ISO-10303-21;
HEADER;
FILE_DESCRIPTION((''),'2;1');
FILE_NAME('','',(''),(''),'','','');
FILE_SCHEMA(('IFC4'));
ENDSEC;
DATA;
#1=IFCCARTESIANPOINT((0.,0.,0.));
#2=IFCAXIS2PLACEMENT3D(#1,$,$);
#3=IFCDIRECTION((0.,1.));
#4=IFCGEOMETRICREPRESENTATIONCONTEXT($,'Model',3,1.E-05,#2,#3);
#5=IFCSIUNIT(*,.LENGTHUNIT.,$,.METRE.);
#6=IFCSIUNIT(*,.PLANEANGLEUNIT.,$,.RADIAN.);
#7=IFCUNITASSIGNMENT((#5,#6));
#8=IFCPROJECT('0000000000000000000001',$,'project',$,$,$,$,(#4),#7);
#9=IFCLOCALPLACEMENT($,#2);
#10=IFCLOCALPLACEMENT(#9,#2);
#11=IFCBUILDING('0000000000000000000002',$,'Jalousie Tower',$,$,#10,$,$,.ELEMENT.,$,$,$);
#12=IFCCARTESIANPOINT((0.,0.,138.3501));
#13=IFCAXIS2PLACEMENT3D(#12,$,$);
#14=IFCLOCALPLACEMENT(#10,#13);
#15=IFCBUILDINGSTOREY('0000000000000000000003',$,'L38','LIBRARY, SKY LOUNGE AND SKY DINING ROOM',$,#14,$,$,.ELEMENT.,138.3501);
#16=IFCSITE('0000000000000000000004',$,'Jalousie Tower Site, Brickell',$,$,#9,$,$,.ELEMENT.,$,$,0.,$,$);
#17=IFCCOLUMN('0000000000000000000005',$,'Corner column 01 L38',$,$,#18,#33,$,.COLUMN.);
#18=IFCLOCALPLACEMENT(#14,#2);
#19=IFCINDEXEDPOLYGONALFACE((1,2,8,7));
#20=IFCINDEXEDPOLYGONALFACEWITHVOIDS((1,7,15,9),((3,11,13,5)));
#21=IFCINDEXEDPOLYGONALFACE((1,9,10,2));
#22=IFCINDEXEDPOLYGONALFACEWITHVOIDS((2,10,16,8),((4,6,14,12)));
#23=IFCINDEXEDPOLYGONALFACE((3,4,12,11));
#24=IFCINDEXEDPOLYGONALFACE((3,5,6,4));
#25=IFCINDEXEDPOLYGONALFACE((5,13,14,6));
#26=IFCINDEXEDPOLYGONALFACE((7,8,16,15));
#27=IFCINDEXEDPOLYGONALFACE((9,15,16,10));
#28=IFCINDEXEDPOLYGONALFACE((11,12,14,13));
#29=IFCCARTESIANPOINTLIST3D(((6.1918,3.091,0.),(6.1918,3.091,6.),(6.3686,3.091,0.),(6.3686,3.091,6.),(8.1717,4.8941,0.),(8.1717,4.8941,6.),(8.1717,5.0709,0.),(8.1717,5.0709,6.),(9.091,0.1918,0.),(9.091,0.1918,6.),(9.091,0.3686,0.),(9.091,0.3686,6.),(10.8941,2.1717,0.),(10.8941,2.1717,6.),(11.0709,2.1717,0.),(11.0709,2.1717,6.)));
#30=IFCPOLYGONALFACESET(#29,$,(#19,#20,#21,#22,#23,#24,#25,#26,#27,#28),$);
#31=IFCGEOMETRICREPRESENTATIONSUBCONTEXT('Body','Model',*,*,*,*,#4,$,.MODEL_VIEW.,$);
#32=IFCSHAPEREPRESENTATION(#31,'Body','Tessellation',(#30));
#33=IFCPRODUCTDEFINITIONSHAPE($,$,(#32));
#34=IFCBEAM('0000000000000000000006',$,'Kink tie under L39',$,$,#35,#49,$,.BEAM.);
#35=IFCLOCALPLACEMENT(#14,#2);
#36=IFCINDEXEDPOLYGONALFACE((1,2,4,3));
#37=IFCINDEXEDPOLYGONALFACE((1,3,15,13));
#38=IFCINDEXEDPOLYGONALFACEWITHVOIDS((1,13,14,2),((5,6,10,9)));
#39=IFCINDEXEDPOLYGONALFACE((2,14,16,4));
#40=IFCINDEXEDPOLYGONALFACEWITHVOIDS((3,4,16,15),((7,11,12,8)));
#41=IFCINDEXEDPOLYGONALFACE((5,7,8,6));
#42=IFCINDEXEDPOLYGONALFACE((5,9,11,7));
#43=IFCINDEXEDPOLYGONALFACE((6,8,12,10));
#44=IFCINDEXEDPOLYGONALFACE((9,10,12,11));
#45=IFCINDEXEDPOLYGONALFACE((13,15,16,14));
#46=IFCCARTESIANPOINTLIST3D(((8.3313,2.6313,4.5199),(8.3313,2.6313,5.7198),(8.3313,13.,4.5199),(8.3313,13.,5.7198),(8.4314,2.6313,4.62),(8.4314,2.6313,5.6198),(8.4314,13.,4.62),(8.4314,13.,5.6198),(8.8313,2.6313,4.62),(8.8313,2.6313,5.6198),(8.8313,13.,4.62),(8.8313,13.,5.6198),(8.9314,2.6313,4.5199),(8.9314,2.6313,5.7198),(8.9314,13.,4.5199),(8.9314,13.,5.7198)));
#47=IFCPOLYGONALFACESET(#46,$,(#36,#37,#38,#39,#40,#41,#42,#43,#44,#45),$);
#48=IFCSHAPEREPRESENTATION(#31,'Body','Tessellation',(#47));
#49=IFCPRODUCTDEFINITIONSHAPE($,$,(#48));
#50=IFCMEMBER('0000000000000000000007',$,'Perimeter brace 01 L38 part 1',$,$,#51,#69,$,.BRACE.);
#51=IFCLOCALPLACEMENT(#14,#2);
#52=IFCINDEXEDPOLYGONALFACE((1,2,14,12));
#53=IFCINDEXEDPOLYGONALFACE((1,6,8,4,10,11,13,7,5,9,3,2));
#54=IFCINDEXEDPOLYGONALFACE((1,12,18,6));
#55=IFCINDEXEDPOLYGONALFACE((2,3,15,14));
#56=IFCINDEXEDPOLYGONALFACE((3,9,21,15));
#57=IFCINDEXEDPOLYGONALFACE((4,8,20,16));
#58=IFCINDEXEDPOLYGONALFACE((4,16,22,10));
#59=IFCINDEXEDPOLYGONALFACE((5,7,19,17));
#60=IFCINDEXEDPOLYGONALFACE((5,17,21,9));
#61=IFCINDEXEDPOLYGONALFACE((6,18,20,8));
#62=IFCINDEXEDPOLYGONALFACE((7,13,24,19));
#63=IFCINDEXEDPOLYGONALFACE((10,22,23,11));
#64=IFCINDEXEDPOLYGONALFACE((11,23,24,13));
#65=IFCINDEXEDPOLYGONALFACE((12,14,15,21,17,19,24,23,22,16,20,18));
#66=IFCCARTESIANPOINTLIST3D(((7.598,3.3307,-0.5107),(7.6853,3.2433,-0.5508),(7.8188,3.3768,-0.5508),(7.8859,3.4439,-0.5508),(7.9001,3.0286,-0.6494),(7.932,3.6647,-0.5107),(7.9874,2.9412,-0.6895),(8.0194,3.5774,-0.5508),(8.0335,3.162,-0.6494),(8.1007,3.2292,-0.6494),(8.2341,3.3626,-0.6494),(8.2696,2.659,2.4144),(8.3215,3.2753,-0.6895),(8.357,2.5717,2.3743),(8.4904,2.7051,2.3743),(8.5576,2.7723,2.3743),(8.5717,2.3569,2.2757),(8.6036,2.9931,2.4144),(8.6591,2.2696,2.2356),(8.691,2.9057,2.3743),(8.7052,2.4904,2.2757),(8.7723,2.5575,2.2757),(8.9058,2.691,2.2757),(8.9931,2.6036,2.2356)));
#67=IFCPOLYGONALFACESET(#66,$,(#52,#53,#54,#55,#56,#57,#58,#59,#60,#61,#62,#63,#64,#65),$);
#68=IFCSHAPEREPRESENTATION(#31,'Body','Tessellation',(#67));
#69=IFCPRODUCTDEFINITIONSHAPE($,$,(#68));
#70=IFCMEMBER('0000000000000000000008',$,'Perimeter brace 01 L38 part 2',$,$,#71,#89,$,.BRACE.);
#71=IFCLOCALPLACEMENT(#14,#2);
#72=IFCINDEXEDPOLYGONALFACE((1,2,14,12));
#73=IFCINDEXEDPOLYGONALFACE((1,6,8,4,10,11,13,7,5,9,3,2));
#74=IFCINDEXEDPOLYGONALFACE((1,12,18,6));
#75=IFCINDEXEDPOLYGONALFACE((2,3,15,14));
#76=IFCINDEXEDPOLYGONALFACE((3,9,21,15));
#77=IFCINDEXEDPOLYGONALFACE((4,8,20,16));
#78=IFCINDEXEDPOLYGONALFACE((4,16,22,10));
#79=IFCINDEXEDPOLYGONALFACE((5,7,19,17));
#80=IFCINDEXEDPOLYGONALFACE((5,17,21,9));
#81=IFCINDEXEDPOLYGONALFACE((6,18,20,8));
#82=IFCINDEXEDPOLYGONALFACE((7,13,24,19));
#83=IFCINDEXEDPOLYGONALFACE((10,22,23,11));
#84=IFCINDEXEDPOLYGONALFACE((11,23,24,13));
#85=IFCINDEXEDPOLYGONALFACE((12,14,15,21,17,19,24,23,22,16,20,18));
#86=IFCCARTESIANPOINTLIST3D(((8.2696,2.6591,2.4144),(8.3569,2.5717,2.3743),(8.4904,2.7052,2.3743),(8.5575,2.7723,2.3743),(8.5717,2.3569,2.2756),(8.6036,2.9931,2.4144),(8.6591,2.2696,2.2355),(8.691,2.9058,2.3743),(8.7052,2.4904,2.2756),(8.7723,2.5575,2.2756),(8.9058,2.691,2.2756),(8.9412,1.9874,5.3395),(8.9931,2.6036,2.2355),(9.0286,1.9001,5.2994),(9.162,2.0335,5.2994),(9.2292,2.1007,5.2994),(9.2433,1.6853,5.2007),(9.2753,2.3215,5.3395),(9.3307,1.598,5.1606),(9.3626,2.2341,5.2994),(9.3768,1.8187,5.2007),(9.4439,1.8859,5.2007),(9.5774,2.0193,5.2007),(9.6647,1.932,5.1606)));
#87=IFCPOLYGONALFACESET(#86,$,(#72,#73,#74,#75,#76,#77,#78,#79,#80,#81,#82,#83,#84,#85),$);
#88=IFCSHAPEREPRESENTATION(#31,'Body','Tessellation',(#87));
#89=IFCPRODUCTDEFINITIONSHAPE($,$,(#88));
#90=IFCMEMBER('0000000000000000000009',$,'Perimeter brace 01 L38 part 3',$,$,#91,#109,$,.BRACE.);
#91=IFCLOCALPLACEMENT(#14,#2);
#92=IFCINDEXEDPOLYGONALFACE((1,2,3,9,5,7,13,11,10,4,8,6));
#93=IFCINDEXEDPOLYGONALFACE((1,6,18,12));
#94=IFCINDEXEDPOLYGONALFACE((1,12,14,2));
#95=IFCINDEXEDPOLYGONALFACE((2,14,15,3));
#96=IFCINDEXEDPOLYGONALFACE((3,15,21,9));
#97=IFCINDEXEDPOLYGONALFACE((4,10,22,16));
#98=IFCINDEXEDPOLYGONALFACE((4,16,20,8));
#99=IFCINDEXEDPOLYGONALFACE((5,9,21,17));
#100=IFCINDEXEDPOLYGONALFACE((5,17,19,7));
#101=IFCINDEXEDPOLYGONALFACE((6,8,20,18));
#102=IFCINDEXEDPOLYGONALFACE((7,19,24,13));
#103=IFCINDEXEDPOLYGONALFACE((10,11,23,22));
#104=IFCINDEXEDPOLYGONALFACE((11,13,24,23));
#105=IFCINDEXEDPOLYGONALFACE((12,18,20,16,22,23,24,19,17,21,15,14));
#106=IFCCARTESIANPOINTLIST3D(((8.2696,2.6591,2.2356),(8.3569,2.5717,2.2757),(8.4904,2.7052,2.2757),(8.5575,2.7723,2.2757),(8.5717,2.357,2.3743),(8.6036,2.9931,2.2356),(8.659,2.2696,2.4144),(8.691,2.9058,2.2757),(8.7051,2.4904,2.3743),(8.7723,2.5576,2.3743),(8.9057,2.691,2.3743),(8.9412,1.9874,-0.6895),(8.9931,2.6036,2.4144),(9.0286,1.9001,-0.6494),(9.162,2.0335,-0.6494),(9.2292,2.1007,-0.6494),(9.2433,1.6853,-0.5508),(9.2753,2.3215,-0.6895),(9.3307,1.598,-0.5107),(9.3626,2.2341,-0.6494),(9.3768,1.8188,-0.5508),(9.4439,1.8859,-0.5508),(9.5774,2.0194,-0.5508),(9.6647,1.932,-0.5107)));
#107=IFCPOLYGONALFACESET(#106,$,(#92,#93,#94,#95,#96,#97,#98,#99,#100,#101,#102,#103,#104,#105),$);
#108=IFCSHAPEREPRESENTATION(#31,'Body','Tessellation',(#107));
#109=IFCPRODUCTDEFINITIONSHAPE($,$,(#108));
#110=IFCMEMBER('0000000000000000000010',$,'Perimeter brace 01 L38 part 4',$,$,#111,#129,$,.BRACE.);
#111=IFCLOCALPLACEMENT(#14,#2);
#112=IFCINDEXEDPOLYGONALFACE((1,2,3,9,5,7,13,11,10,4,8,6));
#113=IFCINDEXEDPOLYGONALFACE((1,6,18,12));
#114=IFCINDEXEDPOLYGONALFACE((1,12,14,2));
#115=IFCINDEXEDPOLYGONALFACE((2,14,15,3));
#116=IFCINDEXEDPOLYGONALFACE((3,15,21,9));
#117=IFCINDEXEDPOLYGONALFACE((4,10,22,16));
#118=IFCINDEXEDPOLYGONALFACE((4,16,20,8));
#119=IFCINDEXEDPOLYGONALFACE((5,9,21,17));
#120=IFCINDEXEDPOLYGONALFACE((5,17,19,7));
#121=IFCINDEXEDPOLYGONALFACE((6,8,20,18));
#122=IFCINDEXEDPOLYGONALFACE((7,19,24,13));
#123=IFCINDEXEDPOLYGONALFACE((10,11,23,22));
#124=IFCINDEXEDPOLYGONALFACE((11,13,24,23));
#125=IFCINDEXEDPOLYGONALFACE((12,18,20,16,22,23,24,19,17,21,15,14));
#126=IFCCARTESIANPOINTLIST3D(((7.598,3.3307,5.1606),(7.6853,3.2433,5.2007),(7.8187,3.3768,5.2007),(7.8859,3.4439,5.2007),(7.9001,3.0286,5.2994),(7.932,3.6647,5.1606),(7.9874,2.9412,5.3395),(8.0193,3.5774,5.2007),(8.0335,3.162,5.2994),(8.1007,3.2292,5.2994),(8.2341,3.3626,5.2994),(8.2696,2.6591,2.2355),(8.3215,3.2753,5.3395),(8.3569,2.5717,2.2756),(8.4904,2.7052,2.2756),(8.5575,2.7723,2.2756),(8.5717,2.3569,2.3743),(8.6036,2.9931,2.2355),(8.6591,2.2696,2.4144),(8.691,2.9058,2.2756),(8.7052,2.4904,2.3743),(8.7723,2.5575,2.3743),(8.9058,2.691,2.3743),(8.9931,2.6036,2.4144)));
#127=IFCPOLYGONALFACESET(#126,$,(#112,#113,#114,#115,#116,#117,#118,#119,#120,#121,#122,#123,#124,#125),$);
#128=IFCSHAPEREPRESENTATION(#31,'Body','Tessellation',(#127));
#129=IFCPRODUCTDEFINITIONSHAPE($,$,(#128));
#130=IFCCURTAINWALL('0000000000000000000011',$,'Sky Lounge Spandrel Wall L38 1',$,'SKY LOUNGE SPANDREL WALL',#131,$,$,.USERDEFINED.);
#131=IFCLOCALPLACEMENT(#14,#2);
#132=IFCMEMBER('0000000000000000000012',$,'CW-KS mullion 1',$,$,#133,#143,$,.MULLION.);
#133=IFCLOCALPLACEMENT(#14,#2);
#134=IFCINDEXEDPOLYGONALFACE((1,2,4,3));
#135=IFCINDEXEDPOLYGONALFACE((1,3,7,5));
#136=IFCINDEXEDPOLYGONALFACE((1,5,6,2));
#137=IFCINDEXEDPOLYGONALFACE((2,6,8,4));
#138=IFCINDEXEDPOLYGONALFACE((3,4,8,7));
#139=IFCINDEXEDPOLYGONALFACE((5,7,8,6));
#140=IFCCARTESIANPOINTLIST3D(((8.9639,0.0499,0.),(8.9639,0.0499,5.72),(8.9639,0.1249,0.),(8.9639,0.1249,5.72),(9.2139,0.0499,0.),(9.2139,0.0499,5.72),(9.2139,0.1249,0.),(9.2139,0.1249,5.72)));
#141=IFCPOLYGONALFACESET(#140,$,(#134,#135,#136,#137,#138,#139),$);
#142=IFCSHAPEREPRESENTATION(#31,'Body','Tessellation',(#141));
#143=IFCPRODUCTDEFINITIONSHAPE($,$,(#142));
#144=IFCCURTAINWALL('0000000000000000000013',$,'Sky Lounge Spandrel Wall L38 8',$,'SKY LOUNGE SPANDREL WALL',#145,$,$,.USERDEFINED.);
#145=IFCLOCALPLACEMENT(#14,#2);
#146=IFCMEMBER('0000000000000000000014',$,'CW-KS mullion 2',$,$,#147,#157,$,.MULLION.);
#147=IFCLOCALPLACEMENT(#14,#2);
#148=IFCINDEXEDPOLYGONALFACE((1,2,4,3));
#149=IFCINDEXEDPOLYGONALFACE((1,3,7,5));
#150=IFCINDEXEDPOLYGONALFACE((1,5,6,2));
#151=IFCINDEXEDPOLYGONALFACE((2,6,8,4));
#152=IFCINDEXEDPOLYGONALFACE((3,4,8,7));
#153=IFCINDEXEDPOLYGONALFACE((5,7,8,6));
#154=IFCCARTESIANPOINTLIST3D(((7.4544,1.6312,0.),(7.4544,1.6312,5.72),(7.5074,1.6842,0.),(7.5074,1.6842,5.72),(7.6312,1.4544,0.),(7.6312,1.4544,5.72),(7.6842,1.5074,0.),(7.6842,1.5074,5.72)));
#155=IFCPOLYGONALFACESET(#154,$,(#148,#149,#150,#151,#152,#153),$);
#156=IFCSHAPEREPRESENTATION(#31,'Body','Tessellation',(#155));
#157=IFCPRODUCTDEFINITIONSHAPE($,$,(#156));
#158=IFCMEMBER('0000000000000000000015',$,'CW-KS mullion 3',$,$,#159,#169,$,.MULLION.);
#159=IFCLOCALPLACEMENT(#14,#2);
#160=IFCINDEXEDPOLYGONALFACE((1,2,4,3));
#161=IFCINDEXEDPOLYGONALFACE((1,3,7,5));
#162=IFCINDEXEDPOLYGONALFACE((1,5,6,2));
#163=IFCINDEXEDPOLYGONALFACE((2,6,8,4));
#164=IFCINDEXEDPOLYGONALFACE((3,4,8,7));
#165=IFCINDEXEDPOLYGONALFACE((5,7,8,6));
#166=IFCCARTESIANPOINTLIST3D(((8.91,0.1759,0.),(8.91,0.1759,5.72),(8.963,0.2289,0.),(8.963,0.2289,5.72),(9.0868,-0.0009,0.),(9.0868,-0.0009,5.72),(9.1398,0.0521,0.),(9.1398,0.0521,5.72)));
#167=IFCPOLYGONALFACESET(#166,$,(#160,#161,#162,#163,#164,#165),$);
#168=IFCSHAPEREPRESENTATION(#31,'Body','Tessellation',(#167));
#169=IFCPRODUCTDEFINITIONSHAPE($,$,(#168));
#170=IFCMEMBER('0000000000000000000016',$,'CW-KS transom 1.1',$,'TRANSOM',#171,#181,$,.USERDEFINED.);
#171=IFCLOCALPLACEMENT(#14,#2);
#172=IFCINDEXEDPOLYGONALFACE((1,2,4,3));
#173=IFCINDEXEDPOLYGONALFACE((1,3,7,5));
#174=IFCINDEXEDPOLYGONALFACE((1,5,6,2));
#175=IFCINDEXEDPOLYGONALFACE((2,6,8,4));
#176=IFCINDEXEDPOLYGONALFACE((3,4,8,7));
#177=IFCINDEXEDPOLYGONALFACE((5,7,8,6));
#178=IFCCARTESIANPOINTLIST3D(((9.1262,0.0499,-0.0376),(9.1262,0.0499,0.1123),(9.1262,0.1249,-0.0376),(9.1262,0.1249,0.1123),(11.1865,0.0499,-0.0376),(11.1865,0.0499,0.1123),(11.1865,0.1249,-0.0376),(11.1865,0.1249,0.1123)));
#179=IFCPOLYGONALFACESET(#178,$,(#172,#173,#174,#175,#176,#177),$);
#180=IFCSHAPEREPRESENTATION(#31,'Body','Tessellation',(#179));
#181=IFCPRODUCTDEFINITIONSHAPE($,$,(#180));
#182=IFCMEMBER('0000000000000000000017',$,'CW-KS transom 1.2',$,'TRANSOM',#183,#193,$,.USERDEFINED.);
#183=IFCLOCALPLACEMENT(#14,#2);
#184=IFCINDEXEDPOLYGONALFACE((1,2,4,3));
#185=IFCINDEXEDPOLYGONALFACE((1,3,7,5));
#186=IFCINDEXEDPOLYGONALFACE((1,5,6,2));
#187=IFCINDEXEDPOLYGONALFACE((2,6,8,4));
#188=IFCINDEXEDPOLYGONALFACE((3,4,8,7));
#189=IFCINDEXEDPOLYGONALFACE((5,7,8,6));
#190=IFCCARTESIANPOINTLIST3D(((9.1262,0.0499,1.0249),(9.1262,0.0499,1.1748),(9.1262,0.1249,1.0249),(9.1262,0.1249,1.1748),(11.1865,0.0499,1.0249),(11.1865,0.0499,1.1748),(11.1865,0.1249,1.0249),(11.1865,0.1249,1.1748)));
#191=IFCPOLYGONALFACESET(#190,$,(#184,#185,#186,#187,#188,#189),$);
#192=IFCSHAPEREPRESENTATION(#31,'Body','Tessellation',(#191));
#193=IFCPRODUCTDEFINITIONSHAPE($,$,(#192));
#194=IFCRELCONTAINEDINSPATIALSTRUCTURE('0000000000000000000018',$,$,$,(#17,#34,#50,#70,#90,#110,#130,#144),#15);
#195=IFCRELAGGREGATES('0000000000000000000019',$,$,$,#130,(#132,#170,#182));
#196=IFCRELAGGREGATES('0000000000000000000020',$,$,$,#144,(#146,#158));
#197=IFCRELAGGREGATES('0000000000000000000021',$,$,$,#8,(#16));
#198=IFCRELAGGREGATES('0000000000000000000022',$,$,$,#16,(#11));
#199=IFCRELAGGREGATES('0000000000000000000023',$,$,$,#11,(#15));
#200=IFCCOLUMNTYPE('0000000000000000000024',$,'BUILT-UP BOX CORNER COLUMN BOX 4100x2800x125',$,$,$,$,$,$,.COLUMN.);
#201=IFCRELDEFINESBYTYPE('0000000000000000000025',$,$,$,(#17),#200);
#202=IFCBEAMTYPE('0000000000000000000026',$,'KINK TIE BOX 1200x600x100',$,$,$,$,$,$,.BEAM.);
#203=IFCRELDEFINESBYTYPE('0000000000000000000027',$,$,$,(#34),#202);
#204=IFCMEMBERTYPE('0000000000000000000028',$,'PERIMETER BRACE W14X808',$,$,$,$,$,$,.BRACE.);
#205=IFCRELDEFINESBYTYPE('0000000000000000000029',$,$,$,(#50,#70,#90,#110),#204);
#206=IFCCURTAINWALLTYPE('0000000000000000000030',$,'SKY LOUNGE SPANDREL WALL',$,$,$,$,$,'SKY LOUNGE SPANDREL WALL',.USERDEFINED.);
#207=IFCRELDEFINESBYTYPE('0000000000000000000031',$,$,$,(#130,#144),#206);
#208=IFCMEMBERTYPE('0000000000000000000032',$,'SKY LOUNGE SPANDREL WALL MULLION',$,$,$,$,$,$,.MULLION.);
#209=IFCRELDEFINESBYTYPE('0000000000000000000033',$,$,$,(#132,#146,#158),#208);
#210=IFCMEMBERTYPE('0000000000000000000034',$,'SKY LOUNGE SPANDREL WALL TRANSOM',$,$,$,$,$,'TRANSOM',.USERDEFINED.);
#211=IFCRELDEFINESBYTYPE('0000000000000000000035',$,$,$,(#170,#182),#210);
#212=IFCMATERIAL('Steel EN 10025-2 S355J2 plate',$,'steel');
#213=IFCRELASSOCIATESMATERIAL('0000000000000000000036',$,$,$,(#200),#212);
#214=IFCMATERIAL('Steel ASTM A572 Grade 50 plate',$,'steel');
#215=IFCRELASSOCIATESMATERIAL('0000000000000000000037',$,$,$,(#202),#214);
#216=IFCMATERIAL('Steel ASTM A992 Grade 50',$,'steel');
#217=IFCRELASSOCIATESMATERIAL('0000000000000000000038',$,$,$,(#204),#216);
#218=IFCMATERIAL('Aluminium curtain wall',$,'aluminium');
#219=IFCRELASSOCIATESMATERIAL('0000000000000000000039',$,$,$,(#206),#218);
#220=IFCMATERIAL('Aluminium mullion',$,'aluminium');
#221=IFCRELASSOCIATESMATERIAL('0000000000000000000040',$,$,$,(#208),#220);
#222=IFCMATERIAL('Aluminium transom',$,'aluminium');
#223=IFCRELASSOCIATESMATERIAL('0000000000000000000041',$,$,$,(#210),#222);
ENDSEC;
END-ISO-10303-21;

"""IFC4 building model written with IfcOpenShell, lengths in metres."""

from ifc_helpers import new_model, si_unit, direction, frame, origin, origin_2d, place, context, subcontext, project, spatial, rectangle, hollow_rectangle, i_section, extrude, material, material_profile, profile_set, type_object, element, aggregate, save


model = new_model("IFC4")

# Units and contexts
model_context = context("Model", 3, precision=1e-05, world=origin(), true_north=direction((0.0, 1.0)))
body_context = subcontext(model_context, "Body", "Model", "MODEL_VIEW")
ifc_project = project(units=[si_unit("LENGTHUNIT", "METRE"), si_unit("PLANEANGLEUNIT", "RADIAN")], contexts=[model_context])

# Site, building, storey
site_placement = place(None, origin())
site = spatial("IfcSite", under=ifc_project, at=site_placement, Name="Jalousie Tower Site, Brickell", CompositionType="ELEMENT", RefElevation=0.0)
building_placement = place(site_placement, origin())
building = spatial("IfcBuilding", under=site, at=building_placement, Name="Jalousie Tower", CompositionType="ELEMENT")
storey_placement = place(building_placement, frame((0.0, 0.0, 138.3501)))
storey = spatial("IfcBuildingStorey", under=building, at=storey_placement, Name="L38", Description="LIBRARY, SKY LOUNGE AND SKY DINING ROOM", CompositionType="ELEMENT", Elevation=138.3501)

# Column
ifc_material_1 = material(Name="Steel EN 10025-2 S355J2 plate", Category="steel")
ifc_material_profile_1 = material_profile(ifc_material_1, hollow_rectangle(XDim=2.8, YDim=4.1001, WallThickness=0.125, at=origin_2d()), Name="BOX 4100x2800x125")
ifc_profile_set_1 = profile_set([ifc_material_profile_1], Name="Steel EN 10025-2 S355J2 plate")
column_type = type_object("IfcColumnType", Name="BUILT-UP BOX CORNER COLUMN BOX 4100x2800x125", PredefinedType="COLUMN", material=ifc_profile_set_1)
column_placement = place(storey_placement, frame((8.6313, 2.6313, 0.0), z_axis=(0.0, 0.0, 1.0), x_axis=(0.707107, 0.707107, 0.0)))
element("IfcColumn", 1, at=column_placement, inside=storey, type_object=column_type, Name="Corner column 01 L38", PredefinedType="COLUMN", context=body_context, shape_type="SweptSolid", body=[
    extrude(hollow_rectangle(XDim=2.8, YDim=4.1001, WallThickness=0.125, at=origin_2d()), origin(), (0.0, 0.0, 1.0), 6.0),
])

# Beam
ifc_material_2 = material(Name="Steel ASTM A572 Grade 50 plate", Category="steel")
ifc_material_profile_2 = material_profile(ifc_material_2, hollow_rectangle(XDim=0.6001, YDim=1.2, WallThickness=0.1001, at=origin_2d()), Name="BOX 1200x600x100")
ifc_profile_set_2 = profile_set([ifc_material_profile_2], Name="Steel ASTM A572 Grade 50 plate")
beam_type = type_object("IfcBeamType", Name="KINK TIE BOX 1200x600x100", PredefinedType="BEAM", material=ifc_profile_set_2)
beam_placement = place(storey_placement, frame((8.6313, 2.6313, 5.1199), z_axis=(0.0, 1.0, 0.0), x_axis=(-1.0, 0.0, 0.0)))
element("IfcBeam", 2, at=beam_placement, inside=storey, type_object=beam_type, Name="Kink tie under L39", PredefinedType="BEAM", context=body_context, shape_type="SweptSolid", body=[
    extrude(hollow_rectangle(XDim=0.6001, YDim=1.2, WallThickness=0.1001, at=origin_2d()), origin(), (0.0, 0.0, 1.0), 10.3687),
])

# Members
ifc_material_3 = material(Name="Steel ASTM A992 Grade 50", Category="steel")
ifc_material_profile_3 = material_profile(ifc_material_3, i_section(OverallWidth=0.4724, OverallDepth=0.5791, WebThickness=0.095, FlangeThickness=0.1299, at=origin_2d()), Name="W14X808")
ifc_profile_set_3 = profile_set([ifc_material_profile_3], Name="Steel ASTM A992 Grade 50")
member_type_1 = type_object("IfcMemberType", Name="PERIMETER BRACE W14X808", PredefinedType="BRACE", material=ifc_profile_set_3)
for number, where, z_axis, x_axis, name in (
    (3, (7.9597, 3.303, -0.6001), (0.218388, -0.218388, 0.951112), (0.707107, 0.707107, 0.0), "Perimeter brace 01 L38 part 1"),
    (4, (8.6313, 2.6313, 2.325), (0.218388, -0.218388, 0.951112), (0.707107, 0.707107, 0.0), "Perimeter brace 01 L38 part 2"),
    (5, (9.303, 1.9597, -0.6001), (-0.218388, 0.218388, 0.951112), (-0.707107, -0.707107, 0.0), "Perimeter brace 01 L38 part 3"),
    (6, (8.6313, 2.6313, 2.325), (-0.218388, 0.218388, 0.951112), (-0.707107, -0.707107, 0.0), "Perimeter brace 01 L38 part 4"),
):
    element("IfcMember", number, at=place(storey_placement, frame(where, z_axis=z_axis, x_axis=x_axis)), inside=storey, type_object=member_type_1, Name=name, PredefinedType="BRACE", context=body_context, shape_type="SweptSolid", body=[
        extrude(i_section(OverallWidth=0.4724, OverallDepth=0.5791, WebThickness=0.095, FlangeThickness=0.1299, at=origin_2d()), origin(), (0.0, 0.0, 1.0), 3.0754),
    ])

# Curtain wall, member
ifc_material_4 = material(Name="Aluminium curtain wall", Category="aluminium")
curtain_wall_type = type_object("IfcCurtainWallType", Name="SKY LOUNGE SPANDREL WALL", ElementType="SKY LOUNGE SPANDREL WALL", PredefinedType="USERDEFINED", material=ifc_material_4)
curtain_wall_1_placement = place(storey_placement, origin())
curtain_wall_1 = element("IfcCurtainWall", 7, at=curtain_wall_1_placement, inside=storey, type_object=curtain_wall_type, Name="Sky Lounge Spandrel Wall L38 1", ObjectType="SKY LOUNGE SPANDREL WALL", PredefinedType="USERDEFINED")
ifc_material_5 = material(Name="Aluminium mullion", Category="aluminium")
ifc_material_profile_4 = material_profile(ifc_material_5, rectangle(XDim=0.075, YDim=0.25, at=origin_2d()), Name="MULLION 75x250")
ifc_profile_set_4 = profile_set([ifc_material_profile_4], Name="Aluminium mullion")
member_type_2 = type_object("IfcMemberType", Name="SKY LOUNGE SPANDREL WALL MULLION", PredefinedType="MULLION", material=ifc_profile_set_4)
member_1_placement = place(storey_placement, frame((9.0889, 0.0874, 0.0), z_axis=(0.0, 0.0, 1.0), x_axis=(0.0, 1.0, 0.0)))
member_1 = element("IfcMember", 8, at=member_1_placement, type_object=member_type_2, Name="CW-KS mullion 1", PredefinedType="MULLION", context=body_context, shape_type="SweptSolid", body=[
    extrude(rectangle(XDim=0.075, YDim=0.25, at=origin_2d()), origin(), (0.0, 0.0, 1.0), 5.72),
])

# Curtain wall, members
curtain_wall_2_placement = place(storey_placement, origin())
curtain_wall_2 = element("IfcCurtainWall", 9, at=curtain_wall_2_placement, inside=storey, type_object=curtain_wall_type, Name="Sky Lounge Spandrel Wall L38 8", ObjectType="SKY LOUNGE SPANDREL WALL", PredefinedType="USERDEFINED")
member_2_placement = place(storey_placement, frame((7.5693, 1.5693, 0.0), z_axis=(0.0, 0.0, 1.0), x_axis=(0.707107, 0.707107, 0.0)))
member_2 = element("IfcMember", 10, at=member_2_placement, type_object=member_type_2, Name="CW-KS mullion 2", PredefinedType="MULLION", context=body_context, shape_type="SweptSolid", body=[
    extrude(rectangle(XDim=0.075, YDim=0.25, at=origin_2d()), origin(), (0.0, 0.0, 1.0), 5.72),
])
member_3_placement = place(storey_placement, frame((9.0249, 0.114, 0.0), z_axis=(0.0, 0.0, 1.0), x_axis=(0.707107, 0.707107, 0.0)))
member_3 = element("IfcMember", 11, at=member_3_placement, type_object=member_type_2, Name="CW-KS mullion 3", PredefinedType="MULLION", context=body_context, shape_type="SweptSolid", body=[
    extrude(rectangle(XDim=0.075, YDim=0.25, at=origin_2d()), origin(), (0.0, 0.0, 1.0), 5.72),
])

# Members
ifc_material_6 = material(Name="Aluminium transom", Category="aluminium")
ifc_material_profile_5 = material_profile(ifc_material_6, rectangle(XDim=0.075, YDim=0.1499, at=origin_2d()), Name="TRANSOM 75x150")
ifc_profile_set_5 = profile_set([ifc_material_profile_5], Name="Aluminium transom")
member_type_3 = type_object("IfcMemberType", Name="SKY LOUNGE SPANDREL WALL TRANSOM", ElementType="TRANSOM", PredefinedType="USERDEFINED", material=ifc_profile_set_5)
member_4_placement = place(storey_placement, frame((9.1262, 0.0874, 0.0374), z_axis=(1.0, 0.0, 0.0), x_axis=(0.0, 1.0, 0.0)))
member_4 = element("IfcMember", 12, at=member_4_placement, type_object=member_type_3, Name="CW-KS transom 1.1", ObjectType="TRANSOM", PredefinedType="USERDEFINED", context=body_context, shape_type="SweptSolid", body=[
    extrude(rectangle(XDim=0.075, YDim=0.1499, at=origin_2d()), origin(), (0.0, 0.0, 1.0), 2.0603),
])
member_5_placement = place(storey_placement, frame((9.1262, 0.0874, 1.0999), z_axis=(1.0, 0.0, 0.0), x_axis=(0.0, 1.0, 0.0)))
member_5 = element("IfcMember", 13, at=member_5_placement, type_object=member_type_3, Name="CW-KS transom 1.2", ObjectType="TRANSOM", PredefinedType="USERDEFINED", context=body_context, shape_type="SweptSolid", body=[
    extrude(rectangle(XDim=0.075, YDim=0.1499, at=origin_2d()), origin(), (0.0, 0.0, 1.0), 2.0603),
])

aggregate(curtain_wall_1, [member_1, member_4, member_5])
aggregate(curtain_wall_2, [member_2, member_3])

save(model, "model.ifc")
